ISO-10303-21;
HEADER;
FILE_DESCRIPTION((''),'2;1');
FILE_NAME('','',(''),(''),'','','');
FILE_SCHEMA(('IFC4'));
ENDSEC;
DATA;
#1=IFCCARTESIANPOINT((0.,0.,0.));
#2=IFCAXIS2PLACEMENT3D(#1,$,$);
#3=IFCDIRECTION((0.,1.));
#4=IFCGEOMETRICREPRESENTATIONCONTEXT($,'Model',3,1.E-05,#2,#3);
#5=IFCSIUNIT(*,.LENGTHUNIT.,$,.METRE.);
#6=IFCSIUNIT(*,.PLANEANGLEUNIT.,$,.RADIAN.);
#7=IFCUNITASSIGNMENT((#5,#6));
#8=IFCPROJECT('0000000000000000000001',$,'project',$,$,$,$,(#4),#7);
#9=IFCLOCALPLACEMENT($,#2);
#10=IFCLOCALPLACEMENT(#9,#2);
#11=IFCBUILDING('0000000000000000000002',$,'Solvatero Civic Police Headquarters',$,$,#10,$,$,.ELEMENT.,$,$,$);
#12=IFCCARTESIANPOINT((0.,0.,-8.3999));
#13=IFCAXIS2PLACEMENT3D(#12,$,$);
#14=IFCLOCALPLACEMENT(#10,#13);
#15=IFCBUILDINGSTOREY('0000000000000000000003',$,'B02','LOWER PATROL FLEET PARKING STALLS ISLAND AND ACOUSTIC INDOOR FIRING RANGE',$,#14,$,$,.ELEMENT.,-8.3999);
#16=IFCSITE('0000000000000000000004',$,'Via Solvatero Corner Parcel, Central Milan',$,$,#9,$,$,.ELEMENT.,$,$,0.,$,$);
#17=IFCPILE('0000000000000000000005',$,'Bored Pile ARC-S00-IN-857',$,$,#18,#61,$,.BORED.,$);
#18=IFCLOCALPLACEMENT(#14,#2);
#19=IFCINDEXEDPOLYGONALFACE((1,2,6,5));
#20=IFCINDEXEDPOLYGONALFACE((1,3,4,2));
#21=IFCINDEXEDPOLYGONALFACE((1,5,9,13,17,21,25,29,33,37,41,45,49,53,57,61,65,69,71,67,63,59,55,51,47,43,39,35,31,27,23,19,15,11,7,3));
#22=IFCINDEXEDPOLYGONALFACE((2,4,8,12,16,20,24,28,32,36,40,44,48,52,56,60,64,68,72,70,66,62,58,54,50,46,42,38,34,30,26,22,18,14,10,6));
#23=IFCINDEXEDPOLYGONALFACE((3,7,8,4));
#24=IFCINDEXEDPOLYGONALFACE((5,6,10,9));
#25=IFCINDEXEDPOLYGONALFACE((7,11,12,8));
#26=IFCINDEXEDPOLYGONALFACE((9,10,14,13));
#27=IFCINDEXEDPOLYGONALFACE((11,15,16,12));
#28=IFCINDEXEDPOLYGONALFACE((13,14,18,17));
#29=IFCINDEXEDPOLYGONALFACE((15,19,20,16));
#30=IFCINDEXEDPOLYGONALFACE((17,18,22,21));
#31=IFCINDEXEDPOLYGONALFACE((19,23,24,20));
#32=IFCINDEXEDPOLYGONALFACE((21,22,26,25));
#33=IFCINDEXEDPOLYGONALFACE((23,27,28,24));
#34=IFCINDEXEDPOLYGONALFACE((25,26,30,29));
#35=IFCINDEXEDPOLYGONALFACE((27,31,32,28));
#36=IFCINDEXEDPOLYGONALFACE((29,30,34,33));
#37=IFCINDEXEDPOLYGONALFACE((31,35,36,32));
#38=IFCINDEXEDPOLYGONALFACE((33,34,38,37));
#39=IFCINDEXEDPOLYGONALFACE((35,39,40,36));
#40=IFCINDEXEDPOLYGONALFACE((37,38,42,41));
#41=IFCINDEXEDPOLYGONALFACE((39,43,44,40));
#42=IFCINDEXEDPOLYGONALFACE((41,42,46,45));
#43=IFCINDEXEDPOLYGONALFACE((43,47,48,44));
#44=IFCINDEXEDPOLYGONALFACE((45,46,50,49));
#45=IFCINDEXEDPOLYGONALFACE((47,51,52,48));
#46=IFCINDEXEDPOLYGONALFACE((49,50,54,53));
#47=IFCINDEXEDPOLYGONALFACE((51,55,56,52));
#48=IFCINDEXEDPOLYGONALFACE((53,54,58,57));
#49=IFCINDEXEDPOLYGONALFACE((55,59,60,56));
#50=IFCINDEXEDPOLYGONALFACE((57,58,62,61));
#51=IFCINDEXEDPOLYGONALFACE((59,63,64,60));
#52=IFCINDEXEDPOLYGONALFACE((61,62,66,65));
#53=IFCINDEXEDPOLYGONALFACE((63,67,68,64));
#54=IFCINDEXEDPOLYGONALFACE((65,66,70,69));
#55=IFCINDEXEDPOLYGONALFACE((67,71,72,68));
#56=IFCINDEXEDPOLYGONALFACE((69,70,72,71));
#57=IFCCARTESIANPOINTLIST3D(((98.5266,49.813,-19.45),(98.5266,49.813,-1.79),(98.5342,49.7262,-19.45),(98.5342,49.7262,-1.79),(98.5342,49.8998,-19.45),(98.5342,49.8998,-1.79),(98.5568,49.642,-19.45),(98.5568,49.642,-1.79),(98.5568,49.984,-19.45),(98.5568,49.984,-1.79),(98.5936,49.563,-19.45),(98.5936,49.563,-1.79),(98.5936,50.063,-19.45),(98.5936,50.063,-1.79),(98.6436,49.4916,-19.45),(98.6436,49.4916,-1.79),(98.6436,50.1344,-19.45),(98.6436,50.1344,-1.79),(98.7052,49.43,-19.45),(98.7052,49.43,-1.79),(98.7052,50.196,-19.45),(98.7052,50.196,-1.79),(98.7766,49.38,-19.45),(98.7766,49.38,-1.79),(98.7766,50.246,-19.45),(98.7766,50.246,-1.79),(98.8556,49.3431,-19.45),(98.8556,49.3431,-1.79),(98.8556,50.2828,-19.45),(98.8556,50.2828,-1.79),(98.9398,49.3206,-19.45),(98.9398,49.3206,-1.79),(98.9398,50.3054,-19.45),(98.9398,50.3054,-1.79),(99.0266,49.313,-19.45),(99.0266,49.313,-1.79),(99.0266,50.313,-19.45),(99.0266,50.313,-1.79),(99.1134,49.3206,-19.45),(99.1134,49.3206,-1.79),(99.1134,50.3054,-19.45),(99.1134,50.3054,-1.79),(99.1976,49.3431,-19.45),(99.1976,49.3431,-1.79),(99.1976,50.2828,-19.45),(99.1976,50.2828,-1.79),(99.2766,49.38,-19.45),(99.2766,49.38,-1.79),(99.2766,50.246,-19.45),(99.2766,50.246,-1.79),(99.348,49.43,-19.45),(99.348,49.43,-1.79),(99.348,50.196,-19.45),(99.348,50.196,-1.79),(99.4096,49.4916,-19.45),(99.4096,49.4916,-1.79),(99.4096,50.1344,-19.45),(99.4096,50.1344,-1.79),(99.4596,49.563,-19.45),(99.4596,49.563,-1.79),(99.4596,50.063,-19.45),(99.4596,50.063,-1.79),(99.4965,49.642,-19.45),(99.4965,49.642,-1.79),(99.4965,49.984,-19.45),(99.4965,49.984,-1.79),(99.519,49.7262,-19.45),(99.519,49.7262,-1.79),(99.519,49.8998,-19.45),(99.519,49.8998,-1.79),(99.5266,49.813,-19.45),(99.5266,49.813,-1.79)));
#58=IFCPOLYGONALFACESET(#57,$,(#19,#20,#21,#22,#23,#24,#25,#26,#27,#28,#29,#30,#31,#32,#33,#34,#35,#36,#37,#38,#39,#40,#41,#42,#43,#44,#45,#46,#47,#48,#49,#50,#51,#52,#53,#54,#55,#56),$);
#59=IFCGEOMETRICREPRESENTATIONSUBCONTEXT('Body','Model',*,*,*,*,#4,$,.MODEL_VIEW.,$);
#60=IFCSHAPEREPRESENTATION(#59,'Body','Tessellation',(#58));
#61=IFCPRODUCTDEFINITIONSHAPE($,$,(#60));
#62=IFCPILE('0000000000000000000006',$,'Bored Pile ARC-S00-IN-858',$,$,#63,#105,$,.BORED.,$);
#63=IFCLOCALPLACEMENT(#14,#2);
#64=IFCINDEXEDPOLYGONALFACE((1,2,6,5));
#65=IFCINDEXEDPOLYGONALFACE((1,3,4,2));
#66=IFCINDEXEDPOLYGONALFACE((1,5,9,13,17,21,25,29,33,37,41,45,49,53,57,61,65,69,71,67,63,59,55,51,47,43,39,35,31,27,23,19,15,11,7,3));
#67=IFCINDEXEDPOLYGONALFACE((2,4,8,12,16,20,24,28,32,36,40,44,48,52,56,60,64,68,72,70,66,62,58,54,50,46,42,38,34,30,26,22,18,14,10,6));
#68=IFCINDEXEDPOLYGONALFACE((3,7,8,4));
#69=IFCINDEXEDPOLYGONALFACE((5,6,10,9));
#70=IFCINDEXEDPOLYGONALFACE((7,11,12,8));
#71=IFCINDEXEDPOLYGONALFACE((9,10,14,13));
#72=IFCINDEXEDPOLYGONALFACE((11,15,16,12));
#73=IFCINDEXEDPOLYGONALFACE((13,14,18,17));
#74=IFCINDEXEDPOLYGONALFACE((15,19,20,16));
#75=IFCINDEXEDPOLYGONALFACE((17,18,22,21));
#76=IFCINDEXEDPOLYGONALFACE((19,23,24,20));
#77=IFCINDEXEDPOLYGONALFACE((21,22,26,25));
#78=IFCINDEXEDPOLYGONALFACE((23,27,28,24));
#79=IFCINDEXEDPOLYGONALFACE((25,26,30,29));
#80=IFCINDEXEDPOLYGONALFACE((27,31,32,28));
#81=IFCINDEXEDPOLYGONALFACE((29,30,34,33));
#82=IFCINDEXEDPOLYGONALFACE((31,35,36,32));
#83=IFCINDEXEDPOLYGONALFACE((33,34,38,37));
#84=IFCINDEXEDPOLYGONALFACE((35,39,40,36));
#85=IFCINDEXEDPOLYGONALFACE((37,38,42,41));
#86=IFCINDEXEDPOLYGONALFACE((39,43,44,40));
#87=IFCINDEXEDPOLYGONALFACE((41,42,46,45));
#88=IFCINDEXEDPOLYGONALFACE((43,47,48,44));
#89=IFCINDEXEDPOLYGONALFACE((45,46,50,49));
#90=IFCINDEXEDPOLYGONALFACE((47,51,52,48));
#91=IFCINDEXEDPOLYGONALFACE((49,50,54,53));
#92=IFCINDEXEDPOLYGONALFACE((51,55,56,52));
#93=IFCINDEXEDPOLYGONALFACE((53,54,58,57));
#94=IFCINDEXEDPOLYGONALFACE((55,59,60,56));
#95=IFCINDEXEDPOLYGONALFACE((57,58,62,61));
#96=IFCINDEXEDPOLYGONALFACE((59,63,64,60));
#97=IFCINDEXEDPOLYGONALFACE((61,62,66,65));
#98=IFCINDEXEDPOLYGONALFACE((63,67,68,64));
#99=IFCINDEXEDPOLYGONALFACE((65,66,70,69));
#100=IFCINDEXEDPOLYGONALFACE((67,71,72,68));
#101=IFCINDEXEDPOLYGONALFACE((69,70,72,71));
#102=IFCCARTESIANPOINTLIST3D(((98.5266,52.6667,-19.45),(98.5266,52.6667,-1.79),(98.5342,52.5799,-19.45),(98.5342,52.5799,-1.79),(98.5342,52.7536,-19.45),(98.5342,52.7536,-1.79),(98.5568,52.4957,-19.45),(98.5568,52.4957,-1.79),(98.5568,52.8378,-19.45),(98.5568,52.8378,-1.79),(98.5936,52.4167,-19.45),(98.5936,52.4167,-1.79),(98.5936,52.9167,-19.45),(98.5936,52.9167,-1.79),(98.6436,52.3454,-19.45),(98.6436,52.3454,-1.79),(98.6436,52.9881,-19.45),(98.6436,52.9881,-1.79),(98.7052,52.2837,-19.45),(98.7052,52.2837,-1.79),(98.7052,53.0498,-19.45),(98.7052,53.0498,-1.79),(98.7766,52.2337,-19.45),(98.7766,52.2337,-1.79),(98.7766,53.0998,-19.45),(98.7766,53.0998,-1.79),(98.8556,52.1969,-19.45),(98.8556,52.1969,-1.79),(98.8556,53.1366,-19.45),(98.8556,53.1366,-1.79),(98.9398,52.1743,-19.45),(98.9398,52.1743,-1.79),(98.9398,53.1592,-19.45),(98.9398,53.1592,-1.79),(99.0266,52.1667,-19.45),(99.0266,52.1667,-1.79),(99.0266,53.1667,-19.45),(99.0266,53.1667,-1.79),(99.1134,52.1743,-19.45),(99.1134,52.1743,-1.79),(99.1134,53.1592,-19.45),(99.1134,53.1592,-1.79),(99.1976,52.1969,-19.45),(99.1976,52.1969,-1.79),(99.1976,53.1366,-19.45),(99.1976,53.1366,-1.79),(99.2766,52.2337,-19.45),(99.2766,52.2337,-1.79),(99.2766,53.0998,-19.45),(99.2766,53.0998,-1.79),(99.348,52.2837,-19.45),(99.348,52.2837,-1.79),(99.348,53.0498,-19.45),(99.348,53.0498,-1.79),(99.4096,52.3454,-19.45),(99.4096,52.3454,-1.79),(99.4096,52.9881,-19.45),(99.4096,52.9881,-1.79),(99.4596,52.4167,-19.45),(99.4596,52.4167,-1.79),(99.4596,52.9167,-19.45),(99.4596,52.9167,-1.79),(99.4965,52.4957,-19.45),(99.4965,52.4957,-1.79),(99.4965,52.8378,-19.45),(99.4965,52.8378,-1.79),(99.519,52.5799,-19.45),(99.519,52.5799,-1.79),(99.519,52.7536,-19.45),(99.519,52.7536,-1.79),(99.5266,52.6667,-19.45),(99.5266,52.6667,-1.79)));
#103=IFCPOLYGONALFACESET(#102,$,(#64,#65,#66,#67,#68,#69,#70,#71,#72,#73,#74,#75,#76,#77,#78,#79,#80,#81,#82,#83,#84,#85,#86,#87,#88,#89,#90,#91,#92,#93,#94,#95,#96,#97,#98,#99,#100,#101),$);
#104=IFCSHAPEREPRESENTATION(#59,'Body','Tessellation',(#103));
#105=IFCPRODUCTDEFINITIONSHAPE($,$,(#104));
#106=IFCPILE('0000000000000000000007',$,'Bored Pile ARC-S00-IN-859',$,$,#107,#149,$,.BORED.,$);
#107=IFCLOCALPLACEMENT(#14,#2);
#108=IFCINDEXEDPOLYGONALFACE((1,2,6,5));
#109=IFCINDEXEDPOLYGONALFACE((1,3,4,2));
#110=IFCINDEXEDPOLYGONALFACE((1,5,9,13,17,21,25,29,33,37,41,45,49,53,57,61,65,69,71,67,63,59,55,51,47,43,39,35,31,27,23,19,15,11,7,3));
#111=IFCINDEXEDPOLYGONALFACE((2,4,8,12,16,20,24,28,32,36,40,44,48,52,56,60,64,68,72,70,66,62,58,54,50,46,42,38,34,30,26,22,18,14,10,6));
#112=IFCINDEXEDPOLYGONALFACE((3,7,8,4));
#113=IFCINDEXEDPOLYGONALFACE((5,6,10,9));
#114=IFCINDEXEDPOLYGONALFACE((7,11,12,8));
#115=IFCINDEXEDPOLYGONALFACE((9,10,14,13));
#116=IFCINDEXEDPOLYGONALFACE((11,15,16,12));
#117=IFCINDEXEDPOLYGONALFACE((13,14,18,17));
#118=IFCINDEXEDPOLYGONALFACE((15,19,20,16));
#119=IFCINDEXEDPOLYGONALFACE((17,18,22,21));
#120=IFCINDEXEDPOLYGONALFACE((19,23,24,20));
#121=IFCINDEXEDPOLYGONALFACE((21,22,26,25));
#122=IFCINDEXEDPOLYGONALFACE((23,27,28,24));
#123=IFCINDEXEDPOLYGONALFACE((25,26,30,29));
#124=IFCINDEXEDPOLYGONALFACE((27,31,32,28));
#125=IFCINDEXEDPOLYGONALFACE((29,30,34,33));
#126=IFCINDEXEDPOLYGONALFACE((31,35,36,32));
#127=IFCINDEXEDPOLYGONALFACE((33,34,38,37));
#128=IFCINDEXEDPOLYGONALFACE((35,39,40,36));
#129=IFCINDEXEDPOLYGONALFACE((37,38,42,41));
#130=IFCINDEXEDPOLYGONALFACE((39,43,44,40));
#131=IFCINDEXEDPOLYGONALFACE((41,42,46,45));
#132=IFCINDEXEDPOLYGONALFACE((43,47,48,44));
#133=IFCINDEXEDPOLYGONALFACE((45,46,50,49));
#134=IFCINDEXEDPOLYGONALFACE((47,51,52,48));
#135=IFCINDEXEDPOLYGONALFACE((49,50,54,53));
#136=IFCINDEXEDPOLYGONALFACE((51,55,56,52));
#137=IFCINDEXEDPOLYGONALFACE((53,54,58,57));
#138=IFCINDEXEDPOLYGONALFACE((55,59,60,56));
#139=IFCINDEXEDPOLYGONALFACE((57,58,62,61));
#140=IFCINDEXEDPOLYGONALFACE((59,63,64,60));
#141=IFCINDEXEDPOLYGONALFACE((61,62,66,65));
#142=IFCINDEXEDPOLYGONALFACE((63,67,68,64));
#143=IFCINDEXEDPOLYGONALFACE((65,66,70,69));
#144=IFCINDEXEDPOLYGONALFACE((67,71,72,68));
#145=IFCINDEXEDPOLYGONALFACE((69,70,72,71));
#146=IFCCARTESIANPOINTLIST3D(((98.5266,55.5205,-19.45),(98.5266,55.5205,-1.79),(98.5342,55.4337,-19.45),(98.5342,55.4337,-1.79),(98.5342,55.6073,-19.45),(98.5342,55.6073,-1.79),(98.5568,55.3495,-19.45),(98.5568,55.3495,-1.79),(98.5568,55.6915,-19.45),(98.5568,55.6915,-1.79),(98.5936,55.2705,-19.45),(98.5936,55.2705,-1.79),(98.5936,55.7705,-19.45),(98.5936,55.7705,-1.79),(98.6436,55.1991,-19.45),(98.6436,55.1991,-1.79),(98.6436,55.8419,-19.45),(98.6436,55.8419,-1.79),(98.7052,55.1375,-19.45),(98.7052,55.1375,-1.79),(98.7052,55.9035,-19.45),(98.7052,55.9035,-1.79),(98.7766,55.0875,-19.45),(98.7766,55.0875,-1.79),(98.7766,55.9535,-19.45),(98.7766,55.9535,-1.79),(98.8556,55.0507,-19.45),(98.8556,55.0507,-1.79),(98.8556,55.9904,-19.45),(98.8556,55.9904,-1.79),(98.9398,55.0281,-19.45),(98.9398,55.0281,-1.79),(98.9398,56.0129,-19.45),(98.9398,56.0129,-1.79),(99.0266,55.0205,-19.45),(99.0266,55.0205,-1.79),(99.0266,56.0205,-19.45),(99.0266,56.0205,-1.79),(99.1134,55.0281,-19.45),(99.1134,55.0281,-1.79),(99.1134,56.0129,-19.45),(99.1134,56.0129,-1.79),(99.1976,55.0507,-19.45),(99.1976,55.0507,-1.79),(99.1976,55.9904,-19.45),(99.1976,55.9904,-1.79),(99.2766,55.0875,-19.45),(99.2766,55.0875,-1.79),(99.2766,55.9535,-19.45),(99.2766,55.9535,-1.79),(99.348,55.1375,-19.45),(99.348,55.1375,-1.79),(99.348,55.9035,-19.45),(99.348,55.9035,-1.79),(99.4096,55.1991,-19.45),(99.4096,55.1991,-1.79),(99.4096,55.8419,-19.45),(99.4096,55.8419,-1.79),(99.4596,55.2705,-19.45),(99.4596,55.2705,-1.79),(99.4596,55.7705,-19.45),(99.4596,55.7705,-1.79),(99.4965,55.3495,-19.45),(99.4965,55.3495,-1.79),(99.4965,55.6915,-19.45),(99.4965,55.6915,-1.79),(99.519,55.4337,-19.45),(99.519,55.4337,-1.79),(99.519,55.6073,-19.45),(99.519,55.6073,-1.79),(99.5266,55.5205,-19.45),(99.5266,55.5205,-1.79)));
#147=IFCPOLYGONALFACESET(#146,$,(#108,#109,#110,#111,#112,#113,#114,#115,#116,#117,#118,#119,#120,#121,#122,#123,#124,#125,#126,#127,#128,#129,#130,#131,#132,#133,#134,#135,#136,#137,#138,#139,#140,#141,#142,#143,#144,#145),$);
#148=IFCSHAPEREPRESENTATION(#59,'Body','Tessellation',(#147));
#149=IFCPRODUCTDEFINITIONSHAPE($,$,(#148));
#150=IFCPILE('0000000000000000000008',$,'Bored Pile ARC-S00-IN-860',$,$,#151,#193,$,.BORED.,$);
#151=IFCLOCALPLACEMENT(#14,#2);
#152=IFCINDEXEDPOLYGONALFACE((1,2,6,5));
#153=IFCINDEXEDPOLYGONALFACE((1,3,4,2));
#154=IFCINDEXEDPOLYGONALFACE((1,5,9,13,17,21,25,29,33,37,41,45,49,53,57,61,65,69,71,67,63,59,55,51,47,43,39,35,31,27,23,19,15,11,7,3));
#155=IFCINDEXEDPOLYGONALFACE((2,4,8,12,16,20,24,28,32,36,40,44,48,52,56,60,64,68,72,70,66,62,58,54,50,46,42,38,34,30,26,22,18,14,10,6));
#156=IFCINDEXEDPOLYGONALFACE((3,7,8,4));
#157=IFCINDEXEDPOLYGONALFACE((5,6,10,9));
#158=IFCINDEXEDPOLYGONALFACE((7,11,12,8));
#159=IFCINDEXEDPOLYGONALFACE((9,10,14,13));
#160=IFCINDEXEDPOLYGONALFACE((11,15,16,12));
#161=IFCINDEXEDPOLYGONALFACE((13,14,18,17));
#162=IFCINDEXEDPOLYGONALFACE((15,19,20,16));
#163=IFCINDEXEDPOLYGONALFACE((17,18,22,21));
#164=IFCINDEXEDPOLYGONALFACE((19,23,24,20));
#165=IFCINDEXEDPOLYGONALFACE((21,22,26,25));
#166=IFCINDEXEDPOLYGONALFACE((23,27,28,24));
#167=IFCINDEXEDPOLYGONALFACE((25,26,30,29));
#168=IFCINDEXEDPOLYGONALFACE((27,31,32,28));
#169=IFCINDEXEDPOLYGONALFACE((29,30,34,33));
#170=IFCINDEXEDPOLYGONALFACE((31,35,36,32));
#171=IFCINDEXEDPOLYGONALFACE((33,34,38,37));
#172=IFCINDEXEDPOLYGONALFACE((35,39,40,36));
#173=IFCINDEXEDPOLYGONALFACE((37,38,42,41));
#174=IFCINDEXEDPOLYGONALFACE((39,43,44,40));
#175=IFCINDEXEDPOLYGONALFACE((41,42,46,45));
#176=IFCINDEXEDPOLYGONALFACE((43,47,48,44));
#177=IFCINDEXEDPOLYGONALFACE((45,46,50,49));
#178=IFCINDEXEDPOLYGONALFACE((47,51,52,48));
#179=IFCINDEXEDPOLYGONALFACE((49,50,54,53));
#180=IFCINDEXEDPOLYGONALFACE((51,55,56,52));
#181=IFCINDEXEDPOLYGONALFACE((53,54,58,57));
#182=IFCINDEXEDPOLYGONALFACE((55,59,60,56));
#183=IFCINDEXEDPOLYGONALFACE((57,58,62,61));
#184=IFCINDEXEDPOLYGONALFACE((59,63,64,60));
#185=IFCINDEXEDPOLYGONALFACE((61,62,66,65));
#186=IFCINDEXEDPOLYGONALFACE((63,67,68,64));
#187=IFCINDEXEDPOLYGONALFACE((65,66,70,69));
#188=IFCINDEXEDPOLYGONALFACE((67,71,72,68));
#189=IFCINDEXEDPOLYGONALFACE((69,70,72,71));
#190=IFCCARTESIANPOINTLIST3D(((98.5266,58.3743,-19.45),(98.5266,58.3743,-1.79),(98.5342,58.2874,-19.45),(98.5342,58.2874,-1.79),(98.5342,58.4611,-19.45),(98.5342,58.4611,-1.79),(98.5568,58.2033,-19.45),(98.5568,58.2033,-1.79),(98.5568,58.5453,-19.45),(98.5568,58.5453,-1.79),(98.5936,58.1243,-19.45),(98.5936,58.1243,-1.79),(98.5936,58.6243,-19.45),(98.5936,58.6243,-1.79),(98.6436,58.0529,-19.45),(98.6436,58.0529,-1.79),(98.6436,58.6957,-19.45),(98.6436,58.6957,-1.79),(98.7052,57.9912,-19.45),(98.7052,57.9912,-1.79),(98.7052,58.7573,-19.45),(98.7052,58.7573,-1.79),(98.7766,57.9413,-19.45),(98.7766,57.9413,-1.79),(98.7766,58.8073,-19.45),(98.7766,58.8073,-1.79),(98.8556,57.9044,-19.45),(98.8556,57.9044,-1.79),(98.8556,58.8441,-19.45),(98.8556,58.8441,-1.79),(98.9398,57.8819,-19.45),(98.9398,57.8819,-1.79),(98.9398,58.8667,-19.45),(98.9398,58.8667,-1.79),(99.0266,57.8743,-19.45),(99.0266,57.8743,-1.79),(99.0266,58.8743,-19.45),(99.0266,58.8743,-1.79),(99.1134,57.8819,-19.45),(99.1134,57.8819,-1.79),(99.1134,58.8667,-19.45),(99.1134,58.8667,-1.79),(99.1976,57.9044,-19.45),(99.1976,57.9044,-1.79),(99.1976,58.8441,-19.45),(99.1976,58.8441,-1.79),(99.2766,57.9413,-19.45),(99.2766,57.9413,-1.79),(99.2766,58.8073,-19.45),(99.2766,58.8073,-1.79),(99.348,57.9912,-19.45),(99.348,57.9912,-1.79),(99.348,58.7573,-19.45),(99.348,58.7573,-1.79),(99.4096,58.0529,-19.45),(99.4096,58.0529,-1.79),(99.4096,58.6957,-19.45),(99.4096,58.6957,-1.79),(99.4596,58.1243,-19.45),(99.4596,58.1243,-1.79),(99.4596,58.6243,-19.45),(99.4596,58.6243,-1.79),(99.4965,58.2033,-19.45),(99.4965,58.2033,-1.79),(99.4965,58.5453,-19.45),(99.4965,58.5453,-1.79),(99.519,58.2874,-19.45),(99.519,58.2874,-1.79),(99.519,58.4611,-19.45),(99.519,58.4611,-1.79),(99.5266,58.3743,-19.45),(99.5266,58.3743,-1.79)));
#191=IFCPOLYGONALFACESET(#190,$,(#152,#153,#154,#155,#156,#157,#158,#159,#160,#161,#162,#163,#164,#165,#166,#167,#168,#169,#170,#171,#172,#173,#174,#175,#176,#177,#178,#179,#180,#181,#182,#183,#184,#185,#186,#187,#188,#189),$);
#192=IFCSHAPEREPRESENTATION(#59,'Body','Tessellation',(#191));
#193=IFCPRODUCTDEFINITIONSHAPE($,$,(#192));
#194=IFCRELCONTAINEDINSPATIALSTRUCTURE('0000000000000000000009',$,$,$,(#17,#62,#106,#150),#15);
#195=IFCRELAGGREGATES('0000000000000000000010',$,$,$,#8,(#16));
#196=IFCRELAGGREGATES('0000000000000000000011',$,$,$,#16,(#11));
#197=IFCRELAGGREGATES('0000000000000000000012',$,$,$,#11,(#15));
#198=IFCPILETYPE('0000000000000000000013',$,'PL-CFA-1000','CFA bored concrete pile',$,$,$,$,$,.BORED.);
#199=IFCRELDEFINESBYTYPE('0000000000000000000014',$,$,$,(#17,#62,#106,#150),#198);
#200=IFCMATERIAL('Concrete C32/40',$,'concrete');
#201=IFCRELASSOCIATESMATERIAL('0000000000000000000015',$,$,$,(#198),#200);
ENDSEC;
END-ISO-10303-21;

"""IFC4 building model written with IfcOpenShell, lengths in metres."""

from ifc_helpers import new_model, si_unit, direction, frame, origin, origin_2d, place, context, subcontext, project, spatial, circle, extrude, material, material_profile, profile_set, type_object, element, save


model = new_model("IFC4")

# Units and contexts
model_context = context("Model", 3, precision=1e-05, world=origin(), true_north=direction((0.0, 1.0)))
body_context = subcontext(model_context, "Body", "Model", "MODEL_VIEW")
ifc_project = project(units=[si_unit("LENGTHUNIT", "METRE"), si_unit("PLANEANGLEUNIT", "RADIAN")], contexts=[model_context])

# Site, building, storey
site_placement = place(None, origin())
site = spatial("IfcSite", under=ifc_project, at=site_placement, Name="Via Solvatero Corner Parcel, Central Milan", CompositionType="ELEMENT", RefElevation=0.0)
building_placement = place(site_placement, origin())
building = spatial("IfcBuilding", under=site, at=building_placement, Name="Solvatero Civic Police Headquarters", CompositionType="ELEMENT")
storey_placement = place(building_placement, frame((0.0, 0.0, -8.3999)))
storey = spatial("IfcBuildingStorey", under=building, at=storey_placement, Name="B02", Description="LOWER PATROL FLEET PARKING STALLS ISLAND AND ACOUSTIC INDOOR FIRING RANGE", CompositionType="ELEMENT", Elevation=-8.3999)

# Piles
ifc_material_1 = material(Name="Concrete C32/40", Category="concrete")
ifc_material_profile_1 = material_profile(ifc_material_1, circle(Radius=0.5, at=origin_2d()), Name="CFA PILE D1000")
ifc_profile_set_1 = profile_set([ifc_material_profile_1], Name="Concrete C32/40")
pile_type = type_object("IfcPileType", Name="PL-CFA-1000", Description="CFA bored concrete pile", PredefinedType="BORED", material=ifc_profile_set_1)
for number, where, z_axis, x_axis, name in (
    (1, (99.0266, 49.813, -1.79), (0.0, 0.0, -1.0), (1.0, 0.0, 0.0), "Bored Pile ARC-S00-IN-857"),
    (2, (99.0266, 52.6667, -1.79), (0.0, 0.0, -1.0), (1.0, 0.0, 0.0), "Bored Pile ARC-S00-IN-858"),
    (3, (99.0266, 55.5205, -1.79), (0.0, 0.0, -1.0), (1.0, 0.0, 0.0), "Bored Pile ARC-S00-IN-859"),
    (4, (99.0266, 58.3743, -1.79), (0.0, 0.0, -1.0), (1.0, 0.0, 0.0), "Bored Pile ARC-S00-IN-860"),
):
    element("IfcPile", number, at=place(storey_placement, frame(where, z_axis=z_axis, x_axis=x_axis)), inside=storey, type_object=pile_type, Name=name, PredefinedType="BORED", context=body_context, shape_type="SweptSolid", body=[
        extrude(circle(Radius=0.5, at=origin_2d()), origin(), (0.0, 0.0, 1.0), 17.6599),
    ])

save(model, "model.ifc")
